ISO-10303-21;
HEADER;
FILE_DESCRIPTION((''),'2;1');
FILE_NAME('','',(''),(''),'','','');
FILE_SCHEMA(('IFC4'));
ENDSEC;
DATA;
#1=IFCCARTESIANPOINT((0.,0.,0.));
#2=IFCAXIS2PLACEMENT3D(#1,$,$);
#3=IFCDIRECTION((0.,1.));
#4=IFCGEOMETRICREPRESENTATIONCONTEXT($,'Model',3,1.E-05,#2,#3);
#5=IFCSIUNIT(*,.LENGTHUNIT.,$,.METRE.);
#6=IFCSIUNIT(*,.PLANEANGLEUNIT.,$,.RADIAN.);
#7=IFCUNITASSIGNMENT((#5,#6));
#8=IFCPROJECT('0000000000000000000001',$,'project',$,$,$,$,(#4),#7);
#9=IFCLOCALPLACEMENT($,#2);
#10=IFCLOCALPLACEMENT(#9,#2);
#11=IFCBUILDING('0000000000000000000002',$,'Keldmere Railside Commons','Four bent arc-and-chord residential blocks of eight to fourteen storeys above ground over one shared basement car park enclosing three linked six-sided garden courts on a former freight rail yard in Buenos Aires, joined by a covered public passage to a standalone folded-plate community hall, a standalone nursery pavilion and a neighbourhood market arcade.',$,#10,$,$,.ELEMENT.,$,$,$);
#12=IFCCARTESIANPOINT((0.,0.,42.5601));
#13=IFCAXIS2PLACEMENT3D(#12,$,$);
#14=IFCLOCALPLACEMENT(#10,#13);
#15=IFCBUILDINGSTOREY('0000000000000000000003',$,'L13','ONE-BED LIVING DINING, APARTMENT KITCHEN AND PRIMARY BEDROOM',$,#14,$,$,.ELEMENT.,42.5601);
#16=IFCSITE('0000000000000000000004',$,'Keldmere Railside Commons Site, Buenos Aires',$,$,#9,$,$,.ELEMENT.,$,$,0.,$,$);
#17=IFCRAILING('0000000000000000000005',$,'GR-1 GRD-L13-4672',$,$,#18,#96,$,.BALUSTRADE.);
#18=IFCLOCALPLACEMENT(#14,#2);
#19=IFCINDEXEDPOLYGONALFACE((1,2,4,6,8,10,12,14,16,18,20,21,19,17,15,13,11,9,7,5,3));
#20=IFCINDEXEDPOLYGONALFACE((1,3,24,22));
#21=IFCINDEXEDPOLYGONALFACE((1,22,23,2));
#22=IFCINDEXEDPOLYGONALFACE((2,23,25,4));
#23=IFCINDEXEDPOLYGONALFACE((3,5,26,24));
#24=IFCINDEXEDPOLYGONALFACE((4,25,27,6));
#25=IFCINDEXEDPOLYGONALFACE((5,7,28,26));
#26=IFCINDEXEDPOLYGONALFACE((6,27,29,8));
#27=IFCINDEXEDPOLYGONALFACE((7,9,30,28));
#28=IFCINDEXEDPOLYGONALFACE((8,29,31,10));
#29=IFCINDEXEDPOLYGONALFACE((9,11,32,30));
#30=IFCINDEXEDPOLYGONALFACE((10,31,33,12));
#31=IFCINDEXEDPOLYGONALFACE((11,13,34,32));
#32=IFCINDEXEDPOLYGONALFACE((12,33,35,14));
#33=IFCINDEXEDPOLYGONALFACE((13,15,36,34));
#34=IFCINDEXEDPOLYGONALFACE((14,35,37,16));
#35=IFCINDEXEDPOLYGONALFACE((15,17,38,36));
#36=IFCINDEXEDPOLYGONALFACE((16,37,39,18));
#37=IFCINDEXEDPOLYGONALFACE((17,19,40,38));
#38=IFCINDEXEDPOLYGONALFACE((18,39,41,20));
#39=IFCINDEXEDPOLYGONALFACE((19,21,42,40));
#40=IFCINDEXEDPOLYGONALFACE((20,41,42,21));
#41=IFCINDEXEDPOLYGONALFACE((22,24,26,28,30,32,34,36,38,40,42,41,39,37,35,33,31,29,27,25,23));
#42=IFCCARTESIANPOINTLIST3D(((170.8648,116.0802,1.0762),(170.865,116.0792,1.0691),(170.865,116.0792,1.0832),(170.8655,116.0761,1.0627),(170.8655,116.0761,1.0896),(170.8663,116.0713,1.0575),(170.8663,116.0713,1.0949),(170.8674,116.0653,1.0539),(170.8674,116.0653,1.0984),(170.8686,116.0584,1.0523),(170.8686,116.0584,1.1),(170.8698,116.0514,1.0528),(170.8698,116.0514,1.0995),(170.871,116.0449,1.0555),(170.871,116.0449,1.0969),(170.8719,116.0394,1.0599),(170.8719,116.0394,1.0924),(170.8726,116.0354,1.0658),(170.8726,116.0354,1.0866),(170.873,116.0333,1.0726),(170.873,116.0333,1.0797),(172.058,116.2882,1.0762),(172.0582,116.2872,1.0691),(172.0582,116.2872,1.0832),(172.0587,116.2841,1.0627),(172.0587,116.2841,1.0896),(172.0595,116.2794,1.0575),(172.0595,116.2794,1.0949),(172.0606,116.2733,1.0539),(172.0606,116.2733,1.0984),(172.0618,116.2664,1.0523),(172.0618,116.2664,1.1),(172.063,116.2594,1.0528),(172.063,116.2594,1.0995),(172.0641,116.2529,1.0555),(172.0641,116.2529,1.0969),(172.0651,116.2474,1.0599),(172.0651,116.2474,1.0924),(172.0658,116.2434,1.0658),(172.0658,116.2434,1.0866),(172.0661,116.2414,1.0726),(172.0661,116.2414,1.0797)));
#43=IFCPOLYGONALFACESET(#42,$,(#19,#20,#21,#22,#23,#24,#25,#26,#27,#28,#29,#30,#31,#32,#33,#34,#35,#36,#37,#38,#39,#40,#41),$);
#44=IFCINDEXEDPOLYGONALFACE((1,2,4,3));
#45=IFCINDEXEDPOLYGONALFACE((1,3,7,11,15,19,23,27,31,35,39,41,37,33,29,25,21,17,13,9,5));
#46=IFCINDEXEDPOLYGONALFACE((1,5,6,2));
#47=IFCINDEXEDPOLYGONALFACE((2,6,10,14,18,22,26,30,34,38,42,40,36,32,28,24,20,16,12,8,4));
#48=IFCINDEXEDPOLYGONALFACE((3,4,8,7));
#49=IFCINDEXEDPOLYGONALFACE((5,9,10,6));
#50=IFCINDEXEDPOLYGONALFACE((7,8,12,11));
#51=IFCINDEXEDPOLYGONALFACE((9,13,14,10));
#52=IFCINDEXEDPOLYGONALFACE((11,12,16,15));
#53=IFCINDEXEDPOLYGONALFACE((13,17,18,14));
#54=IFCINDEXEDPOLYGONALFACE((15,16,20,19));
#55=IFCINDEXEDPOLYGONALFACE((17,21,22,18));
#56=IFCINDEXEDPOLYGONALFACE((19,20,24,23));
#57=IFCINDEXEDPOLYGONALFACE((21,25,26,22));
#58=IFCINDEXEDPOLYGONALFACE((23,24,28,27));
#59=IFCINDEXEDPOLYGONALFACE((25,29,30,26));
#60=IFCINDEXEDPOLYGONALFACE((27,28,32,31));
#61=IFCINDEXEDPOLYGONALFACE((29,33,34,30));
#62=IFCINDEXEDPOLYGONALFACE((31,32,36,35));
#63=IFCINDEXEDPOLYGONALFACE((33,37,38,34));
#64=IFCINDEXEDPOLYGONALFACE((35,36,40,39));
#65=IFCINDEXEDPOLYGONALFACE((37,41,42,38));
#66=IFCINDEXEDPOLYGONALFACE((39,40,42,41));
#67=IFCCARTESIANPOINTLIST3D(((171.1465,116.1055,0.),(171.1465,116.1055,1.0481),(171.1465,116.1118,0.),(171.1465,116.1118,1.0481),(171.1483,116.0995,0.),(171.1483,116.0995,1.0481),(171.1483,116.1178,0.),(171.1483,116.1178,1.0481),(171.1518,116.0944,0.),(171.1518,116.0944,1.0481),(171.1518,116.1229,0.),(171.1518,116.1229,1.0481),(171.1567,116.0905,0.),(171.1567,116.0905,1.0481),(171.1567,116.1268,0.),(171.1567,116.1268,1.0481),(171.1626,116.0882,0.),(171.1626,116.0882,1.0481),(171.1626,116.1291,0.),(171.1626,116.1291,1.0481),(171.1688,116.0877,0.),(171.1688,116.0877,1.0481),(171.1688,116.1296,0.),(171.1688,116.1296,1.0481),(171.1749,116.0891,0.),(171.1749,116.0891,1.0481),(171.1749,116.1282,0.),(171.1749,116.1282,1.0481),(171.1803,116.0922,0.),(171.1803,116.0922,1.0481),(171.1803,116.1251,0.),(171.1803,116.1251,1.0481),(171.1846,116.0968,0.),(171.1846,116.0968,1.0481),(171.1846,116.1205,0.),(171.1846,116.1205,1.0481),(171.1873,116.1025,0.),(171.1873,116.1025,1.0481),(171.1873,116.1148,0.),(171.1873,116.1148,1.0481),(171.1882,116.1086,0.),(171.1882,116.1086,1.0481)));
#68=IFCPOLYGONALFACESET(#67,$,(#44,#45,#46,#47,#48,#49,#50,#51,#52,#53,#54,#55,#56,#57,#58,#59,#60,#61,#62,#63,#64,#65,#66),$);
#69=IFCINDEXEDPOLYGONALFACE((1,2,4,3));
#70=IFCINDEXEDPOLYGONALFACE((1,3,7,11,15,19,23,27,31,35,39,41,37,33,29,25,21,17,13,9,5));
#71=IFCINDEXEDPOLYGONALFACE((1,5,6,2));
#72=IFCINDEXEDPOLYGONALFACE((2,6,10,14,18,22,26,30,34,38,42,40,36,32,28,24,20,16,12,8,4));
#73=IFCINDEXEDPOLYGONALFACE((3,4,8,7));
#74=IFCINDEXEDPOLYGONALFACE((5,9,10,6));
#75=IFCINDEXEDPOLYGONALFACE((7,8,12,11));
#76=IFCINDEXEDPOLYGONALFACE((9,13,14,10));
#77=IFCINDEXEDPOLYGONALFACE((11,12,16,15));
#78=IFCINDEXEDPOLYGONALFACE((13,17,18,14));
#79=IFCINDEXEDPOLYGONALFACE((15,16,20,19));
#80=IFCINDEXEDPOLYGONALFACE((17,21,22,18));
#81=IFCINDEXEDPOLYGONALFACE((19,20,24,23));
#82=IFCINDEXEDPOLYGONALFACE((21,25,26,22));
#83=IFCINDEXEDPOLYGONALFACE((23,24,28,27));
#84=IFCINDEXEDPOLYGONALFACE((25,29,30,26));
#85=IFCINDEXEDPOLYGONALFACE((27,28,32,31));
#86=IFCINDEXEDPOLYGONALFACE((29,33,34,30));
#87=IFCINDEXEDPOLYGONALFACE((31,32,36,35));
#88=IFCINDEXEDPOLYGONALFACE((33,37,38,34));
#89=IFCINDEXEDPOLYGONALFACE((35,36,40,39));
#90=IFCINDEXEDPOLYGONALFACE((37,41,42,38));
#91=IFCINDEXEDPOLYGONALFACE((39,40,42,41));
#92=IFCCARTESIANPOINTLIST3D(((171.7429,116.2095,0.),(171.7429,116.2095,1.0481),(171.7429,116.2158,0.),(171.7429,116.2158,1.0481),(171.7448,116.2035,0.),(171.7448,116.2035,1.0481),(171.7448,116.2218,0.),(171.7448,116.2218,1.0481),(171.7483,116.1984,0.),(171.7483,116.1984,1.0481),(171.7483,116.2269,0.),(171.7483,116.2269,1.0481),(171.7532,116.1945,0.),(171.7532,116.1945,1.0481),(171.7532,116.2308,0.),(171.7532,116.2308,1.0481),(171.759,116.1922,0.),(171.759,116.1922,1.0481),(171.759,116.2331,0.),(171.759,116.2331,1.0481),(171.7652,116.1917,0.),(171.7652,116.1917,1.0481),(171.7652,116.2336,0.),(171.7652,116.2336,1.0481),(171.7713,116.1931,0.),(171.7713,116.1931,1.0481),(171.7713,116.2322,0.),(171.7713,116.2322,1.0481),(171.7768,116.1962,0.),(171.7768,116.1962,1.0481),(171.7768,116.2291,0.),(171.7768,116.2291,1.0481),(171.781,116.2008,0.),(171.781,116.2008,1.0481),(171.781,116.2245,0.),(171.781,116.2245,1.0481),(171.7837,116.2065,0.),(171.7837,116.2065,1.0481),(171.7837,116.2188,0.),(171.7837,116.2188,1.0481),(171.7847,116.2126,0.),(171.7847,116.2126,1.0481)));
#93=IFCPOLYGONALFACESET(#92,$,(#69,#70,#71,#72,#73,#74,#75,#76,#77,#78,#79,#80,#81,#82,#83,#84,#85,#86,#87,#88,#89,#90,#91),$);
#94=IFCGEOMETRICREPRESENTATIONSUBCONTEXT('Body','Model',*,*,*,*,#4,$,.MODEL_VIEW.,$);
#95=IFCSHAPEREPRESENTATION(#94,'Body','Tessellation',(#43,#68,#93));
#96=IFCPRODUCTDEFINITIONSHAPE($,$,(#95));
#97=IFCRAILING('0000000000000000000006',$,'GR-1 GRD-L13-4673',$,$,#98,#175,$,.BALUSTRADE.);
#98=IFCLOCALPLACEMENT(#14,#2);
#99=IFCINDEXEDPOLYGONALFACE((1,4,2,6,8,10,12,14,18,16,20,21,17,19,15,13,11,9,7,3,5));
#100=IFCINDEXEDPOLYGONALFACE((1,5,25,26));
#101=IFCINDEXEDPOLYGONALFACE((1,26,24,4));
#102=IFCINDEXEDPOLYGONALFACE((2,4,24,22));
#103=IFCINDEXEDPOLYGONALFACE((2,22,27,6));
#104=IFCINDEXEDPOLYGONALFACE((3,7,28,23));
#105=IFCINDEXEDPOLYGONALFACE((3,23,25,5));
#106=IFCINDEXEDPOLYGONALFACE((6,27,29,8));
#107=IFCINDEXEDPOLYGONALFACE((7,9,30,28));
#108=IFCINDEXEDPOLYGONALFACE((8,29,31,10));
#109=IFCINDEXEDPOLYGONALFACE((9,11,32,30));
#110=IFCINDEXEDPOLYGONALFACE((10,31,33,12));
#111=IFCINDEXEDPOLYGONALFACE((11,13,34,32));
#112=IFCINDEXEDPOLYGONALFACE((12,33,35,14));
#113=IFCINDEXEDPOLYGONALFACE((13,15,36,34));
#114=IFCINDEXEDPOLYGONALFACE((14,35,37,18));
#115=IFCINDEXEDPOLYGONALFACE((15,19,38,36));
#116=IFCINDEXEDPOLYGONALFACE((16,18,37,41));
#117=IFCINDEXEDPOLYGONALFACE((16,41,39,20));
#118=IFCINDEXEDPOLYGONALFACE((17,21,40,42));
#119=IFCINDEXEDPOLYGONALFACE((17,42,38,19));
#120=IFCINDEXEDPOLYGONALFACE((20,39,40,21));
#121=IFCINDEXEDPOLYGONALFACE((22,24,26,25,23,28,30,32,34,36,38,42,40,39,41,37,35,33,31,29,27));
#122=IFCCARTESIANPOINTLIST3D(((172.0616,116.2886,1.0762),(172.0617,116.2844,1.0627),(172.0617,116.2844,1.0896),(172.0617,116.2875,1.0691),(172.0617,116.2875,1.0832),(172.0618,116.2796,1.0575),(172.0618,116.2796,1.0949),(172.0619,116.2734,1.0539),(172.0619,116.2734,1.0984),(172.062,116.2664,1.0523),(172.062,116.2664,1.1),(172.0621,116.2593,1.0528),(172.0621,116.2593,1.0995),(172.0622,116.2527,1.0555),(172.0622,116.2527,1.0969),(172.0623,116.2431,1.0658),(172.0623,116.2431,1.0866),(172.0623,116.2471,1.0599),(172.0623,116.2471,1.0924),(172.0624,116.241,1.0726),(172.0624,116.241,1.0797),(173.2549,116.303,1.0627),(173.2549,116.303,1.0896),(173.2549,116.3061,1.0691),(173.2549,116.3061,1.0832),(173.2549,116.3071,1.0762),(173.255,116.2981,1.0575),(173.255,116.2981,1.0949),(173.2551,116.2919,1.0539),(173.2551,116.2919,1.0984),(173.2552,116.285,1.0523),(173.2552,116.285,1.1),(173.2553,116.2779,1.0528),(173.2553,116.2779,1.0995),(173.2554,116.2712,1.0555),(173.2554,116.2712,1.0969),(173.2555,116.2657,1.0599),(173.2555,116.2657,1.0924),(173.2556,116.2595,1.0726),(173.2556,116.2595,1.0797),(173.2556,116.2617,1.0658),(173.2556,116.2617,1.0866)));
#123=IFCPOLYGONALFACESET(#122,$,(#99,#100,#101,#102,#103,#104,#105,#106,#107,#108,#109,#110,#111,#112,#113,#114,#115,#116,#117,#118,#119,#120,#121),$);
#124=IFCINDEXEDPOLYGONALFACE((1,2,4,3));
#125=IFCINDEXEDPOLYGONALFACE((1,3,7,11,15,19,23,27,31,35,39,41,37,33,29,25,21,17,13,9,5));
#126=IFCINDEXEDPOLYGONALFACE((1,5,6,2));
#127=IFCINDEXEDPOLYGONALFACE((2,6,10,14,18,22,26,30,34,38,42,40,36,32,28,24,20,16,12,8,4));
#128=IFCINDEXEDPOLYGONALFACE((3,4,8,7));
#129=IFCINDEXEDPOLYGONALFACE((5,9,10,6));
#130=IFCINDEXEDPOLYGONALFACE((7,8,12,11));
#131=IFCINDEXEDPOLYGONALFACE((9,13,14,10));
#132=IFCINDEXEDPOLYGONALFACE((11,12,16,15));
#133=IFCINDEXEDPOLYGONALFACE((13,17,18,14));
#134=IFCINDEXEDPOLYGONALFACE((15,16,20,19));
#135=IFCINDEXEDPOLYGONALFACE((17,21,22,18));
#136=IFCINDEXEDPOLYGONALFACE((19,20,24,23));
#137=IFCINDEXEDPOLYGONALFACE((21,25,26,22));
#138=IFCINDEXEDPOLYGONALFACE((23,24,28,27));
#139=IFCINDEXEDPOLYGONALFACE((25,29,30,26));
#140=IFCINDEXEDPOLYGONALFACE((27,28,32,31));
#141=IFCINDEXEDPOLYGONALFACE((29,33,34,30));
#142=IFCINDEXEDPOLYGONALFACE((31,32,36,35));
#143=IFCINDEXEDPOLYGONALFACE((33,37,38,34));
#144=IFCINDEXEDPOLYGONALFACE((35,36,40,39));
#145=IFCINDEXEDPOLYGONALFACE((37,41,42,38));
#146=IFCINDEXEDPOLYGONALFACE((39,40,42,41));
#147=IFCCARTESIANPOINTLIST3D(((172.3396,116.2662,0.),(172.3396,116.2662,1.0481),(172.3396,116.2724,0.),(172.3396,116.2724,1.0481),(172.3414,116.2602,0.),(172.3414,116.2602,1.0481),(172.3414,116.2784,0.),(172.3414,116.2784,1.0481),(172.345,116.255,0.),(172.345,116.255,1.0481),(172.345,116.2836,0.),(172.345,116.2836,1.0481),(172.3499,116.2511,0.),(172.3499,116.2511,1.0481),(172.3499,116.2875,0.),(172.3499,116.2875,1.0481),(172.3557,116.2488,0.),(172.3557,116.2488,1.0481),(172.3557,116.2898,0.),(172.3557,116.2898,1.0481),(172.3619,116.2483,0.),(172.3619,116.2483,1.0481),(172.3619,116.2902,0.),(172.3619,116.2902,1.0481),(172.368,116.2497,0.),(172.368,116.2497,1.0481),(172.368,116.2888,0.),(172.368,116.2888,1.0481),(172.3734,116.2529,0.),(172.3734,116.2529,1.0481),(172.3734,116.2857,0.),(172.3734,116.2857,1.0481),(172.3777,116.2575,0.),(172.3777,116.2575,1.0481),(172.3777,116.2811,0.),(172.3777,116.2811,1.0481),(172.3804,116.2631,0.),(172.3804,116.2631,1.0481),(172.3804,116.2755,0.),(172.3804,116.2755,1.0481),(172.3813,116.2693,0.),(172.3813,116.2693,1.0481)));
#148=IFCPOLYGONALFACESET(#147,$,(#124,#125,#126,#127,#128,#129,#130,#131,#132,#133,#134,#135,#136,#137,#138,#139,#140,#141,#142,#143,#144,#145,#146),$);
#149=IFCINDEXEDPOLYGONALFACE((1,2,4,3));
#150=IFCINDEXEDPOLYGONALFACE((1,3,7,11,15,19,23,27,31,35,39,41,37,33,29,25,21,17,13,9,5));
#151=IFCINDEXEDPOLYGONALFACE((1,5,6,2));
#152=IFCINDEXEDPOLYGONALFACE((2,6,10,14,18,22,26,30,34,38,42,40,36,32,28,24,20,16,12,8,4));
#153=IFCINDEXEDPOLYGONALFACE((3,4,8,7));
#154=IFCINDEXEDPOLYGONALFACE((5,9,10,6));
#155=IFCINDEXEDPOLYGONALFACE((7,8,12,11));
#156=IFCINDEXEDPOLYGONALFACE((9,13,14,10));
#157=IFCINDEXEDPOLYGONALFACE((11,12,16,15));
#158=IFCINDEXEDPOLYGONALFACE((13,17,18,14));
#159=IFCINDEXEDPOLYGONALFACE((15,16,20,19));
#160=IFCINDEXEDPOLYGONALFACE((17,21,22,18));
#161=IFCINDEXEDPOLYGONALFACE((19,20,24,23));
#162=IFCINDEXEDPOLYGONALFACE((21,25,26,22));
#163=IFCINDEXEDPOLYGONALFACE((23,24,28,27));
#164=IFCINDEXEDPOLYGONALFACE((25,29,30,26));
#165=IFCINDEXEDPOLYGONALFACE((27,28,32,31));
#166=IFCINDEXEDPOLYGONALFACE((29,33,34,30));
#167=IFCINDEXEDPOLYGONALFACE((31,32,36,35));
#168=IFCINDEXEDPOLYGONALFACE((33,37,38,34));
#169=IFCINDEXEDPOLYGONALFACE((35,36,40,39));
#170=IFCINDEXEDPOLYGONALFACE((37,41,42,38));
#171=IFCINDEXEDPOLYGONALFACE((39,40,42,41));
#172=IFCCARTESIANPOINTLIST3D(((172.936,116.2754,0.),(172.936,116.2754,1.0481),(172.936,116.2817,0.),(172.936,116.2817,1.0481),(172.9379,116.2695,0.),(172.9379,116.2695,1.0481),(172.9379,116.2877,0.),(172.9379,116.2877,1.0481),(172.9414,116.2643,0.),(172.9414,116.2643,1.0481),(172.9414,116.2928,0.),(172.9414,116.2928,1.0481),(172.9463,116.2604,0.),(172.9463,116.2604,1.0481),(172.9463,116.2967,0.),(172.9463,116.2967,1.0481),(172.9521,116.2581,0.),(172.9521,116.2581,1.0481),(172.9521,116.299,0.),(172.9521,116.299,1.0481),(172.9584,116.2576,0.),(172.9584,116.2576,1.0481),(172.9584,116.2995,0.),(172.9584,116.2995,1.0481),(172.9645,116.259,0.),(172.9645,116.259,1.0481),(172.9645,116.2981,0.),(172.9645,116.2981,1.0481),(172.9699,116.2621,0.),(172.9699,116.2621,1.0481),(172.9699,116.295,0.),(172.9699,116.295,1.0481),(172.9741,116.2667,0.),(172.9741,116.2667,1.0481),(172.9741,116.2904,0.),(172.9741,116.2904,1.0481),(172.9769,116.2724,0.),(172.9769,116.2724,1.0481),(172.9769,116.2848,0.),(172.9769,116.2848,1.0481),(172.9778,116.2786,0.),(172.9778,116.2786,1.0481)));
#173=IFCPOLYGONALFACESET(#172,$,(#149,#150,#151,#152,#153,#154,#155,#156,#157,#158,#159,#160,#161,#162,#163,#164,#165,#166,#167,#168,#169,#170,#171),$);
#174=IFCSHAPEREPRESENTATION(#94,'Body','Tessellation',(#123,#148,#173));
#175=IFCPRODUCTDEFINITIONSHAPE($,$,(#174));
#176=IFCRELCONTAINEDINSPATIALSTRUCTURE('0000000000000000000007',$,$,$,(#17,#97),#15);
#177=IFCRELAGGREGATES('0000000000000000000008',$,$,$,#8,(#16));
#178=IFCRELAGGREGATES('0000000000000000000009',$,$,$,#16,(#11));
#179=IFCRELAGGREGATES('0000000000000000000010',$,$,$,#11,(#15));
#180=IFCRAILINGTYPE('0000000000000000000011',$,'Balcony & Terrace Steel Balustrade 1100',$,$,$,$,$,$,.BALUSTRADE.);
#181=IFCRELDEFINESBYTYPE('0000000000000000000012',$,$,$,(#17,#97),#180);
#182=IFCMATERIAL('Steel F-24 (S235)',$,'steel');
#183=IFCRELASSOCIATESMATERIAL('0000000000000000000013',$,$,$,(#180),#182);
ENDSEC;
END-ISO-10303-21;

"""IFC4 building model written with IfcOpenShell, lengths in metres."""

from ifc_helpers import new_model, si_unit, direction, frame, origin, origin_2d, place, context, subcontext, project, spatial, circle, extrude, material, type_object, element, save


model = new_model("IFC4")

# Units and contexts
model_context = context("Model", 3, precision=1e-05, world=origin(), true_north=direction((0.0, 1.0)))
body_context = subcontext(model_context, "Body", "Model", "MODEL_VIEW")
ifc_project = project(units=[si_unit("LENGTHUNIT", "METRE"), si_unit("PLANEANGLEUNIT", "RADIAN")], contexts=[model_context])

# Site, building, storey
site_placement = place(None, origin())
site = spatial("IfcSite", under=ifc_project, at=site_placement, Name="Keldmere Railside Commons Site, Buenos Aires", CompositionType="ELEMENT", RefElevation=0.0)
building_placement = place(site_placement, origin())
building = spatial("IfcBuilding", under=site, at=building_placement, Name="Keldmere Railside Commons", Description="Four bent arc-and-chord residential blocks of eight to fourteen storeys above ground over one shared basement car park enclosing three linked six-sided garden courts on a former freight rail yard in Buenos Aires, joined by a covered public passage to a standalone folded-plate community hall, a standalone nursery pavilion and a neighbourhood market arcade.", CompositionType="ELEMENT")
storey_placement = place(building_placement, frame((0.0, 0.0, 42.5601)))
storey = spatial("IfcBuildingStorey", under=building, at=storey_placement, Name="L13", Description="ONE-BED LIVING DINING, APARTMENT KITCHEN AND PRIMARY BEDROOM", CompositionType="ELEMENT", Elevation=42.5601)

# Railings
ifc_material_1 = material(Name="Steel F-24 (S235)", Category="steel")
railing_type = type_object("IfcRailingType", Name="Balcony & Terrace Steel Balustrade 1100", PredefinedType="BALUSTRADE", material=ifc_material_1)
railing_1_placement = place(storey_placement, frame((170.8689, 116.0566, 0.0)))
element("IfcRailing", 1, at=railing_1_placement, inside=storey, type_object=railing_type, Name="GR-1 GRD-L13-4672", PredefinedType="BALUSTRADE", context=body_context, shape_type="SweptSolid", body=[
    extrude(circle(Radius=0.0239, at=origin_2d()), frame((0.0, 0.0, 1.0762), z_axis=(0.985141, 0.17175, 0.0), x_axis=(-0.17175, 0.985141, 0.0)), (0.0, 0.0, 1.0), 1.2112),
    extrude(circle(Radius=0.021, at=origin_2d()), frame((0.2983, 0.052, 0.0)), (0.0, 0.0, 1.0), 1.0481),
    extrude(circle(Radius=0.021, at=origin_2d()), frame((0.8948, 0.156, 0.0)), (0.0, 0.0, 1.0), 1.0481),
])
railing_2_placement = place(storey_placement, frame((172.062, 116.2646, 0.0)))
element("IfcRailing", 2, at=railing_2_placement, inside=storey, type_object=railing_type, Name="GR-1 GRD-L13-4673", PredefinedType="BALUSTRADE", context=body_context, shape_type="SweptSolid", body=[
    extrude(circle(Radius=0.0239, at=origin_2d()), frame((0.0, 0.0, 1.0762), z_axis=(0.999879, 0.01555, 0.0), x_axis=(-0.01555, 0.999879, 0.0)), (0.0, 0.0, 1.0), 1.1934),
    extrude(circle(Radius=0.021, at=origin_2d()), frame((0.2983, 0.0046, 0.0)), (0.0, 0.0, 1.0), 1.0481),
    extrude(circle(Radius=0.021, at=origin_2d()), frame((0.8948, 0.0139, 0.0)), (0.0, 0.0, 1.0), 1.0481),
])

save(model, "model.ifc")
